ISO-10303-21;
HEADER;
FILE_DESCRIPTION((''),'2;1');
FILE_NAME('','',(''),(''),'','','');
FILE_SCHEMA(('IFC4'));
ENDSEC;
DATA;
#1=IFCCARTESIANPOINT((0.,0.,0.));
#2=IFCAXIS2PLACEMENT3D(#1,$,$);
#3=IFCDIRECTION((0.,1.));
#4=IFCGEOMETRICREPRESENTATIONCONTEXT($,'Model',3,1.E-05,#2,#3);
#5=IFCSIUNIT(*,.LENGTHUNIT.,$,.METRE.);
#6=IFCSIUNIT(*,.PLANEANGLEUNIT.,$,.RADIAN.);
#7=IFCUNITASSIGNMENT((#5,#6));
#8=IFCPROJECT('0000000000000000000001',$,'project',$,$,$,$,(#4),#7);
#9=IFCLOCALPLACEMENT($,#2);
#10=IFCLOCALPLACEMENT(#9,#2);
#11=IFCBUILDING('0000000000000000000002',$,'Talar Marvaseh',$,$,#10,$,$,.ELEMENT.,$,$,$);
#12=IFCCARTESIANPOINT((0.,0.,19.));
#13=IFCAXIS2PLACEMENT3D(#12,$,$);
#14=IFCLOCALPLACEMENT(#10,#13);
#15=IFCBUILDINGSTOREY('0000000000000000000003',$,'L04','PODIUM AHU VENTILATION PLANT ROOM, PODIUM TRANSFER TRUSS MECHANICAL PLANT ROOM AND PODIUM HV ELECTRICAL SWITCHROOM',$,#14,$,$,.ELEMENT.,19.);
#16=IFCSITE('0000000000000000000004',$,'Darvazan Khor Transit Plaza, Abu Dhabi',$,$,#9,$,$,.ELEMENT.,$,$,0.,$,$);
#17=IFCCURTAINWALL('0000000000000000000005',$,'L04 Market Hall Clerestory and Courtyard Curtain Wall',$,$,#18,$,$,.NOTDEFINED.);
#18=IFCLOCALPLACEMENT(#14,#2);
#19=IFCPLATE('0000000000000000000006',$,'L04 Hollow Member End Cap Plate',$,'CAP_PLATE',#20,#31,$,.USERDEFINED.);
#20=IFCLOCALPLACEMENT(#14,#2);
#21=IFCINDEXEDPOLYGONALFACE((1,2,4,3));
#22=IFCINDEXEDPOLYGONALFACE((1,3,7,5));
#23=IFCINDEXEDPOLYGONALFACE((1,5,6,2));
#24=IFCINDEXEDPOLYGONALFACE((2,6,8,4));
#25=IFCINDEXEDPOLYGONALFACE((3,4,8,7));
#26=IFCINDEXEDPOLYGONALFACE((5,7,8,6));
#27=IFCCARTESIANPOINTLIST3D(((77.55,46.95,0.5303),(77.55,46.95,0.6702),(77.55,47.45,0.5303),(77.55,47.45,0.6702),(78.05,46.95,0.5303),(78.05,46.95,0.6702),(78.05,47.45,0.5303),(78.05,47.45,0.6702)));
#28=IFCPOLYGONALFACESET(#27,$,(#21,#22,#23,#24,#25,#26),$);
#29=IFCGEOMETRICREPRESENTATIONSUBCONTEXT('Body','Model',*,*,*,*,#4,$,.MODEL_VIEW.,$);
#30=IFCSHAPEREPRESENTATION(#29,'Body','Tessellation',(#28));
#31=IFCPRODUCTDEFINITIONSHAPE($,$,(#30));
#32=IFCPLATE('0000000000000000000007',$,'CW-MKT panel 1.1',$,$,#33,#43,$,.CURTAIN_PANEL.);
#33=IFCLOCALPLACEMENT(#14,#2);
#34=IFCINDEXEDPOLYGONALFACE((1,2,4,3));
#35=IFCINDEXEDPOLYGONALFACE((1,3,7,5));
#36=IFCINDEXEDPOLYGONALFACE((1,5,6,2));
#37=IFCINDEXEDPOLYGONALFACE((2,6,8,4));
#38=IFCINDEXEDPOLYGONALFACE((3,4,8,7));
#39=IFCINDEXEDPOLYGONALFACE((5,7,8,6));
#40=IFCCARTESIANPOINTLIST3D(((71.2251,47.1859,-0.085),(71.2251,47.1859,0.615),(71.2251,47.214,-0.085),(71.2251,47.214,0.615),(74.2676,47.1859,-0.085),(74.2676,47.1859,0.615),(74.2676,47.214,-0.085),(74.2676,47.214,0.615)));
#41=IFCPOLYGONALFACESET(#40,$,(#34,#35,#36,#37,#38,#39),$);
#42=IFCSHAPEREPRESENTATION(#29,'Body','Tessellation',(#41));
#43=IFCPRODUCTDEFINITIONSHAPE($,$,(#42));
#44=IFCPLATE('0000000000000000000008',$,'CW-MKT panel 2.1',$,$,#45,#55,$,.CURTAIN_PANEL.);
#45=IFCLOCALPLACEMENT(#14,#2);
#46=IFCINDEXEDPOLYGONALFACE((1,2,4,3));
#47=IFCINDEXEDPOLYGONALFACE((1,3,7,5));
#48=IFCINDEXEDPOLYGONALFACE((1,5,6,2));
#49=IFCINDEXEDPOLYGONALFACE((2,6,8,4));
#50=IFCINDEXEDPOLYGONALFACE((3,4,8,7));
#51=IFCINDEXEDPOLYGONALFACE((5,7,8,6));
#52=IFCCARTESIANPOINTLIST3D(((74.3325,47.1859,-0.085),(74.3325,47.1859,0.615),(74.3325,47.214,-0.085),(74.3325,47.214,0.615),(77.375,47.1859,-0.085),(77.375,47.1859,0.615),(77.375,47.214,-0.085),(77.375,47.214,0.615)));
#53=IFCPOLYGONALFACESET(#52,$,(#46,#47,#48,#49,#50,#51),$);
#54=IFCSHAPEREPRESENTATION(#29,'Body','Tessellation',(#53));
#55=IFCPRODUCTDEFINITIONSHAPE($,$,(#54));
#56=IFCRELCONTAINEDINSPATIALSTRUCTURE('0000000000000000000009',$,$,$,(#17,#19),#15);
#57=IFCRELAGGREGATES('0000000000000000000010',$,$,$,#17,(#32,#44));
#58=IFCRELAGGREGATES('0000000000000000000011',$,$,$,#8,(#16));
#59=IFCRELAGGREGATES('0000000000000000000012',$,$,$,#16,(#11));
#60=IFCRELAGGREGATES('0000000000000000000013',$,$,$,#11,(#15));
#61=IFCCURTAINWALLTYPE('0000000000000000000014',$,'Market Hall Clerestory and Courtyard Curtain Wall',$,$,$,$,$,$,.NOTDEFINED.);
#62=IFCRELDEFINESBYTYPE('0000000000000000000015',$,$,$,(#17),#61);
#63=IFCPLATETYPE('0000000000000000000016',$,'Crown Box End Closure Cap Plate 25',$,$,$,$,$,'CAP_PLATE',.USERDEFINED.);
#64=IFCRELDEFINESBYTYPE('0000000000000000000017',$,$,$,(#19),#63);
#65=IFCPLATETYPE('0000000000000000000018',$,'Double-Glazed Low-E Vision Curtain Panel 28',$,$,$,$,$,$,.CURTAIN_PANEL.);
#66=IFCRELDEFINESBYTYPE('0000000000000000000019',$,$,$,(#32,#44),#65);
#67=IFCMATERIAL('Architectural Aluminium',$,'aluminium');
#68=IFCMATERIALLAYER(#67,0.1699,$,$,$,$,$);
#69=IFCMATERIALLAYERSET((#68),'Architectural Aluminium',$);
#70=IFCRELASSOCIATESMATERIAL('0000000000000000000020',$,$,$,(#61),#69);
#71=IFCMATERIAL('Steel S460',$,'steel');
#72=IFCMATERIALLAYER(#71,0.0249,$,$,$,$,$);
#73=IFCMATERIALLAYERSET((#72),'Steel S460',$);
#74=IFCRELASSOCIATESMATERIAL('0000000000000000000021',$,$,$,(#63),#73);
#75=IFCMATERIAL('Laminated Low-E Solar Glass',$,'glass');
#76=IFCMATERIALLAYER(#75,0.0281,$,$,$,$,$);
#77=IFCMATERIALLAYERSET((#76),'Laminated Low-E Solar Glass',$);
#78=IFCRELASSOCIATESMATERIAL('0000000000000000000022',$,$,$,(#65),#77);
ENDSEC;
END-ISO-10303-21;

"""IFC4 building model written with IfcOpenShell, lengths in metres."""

from ifc_helpers import new_model, si_unit, direction, frame, origin, origin_2d, place, context, subcontext, project, spatial, rectangle, extrude, source, transform, mapped, material, layer, layer_set, type_object, type_shapes, element, aggregate, save


model = new_model("IFC4")

# Units and contexts
model_context = context("Model", 3, precision=1e-05, world=origin(), true_north=direction((0.0, 1.0)))
body_context = subcontext(model_context, "Body", "Model", "MODEL_VIEW")
ifc_project = project(units=[si_unit("LENGTHUNIT", "METRE"), si_unit("PLANEANGLEUNIT", "RADIAN")], contexts=[model_context])

# Site, building, storey
site_placement = place(None, origin())
site = spatial("IfcSite", under=ifc_project, at=site_placement, Name="Darvazan Khor Transit Plaza, Abu Dhabi", CompositionType="ELEMENT", RefElevation=0.0)
building_placement = place(site_placement, origin())
building = spatial("IfcBuilding", under=site, at=building_placement, Name="Talar Marvaseh", CompositionType="ELEMENT")
storey_placement = place(building_placement, frame((0.0, 0.0, 19.0)))
storey = spatial("IfcBuildingStorey", under=building, at=storey_placement, Name="L04", Description="PODIUM AHU VENTILATION PLANT ROOM, PODIUM TRANSFER TRUSS MECHANICAL PLANT ROOM AND PODIUM HV ELECTRICAL SWITCHROOM", CompositionType="ELEMENT", Elevation=19.0)

# Shared definitions
ifc_material_1 = material(Name="Architectural Aluminium", Category="aluminium")
ifc_layer_1 = layer(ifc_material_1, 0.1699)
ifc_layer_set_1 = layer_set([ifc_layer_1], Name="Architectural Aluminium")
curtain_wall_type = type_object("IfcCurtainWallType", Name="Market Hall Clerestory and Courtyard Curtain Wall", PredefinedType="NOTDEFINED", material=ifc_layer_set_1)

# Curtain wall
curtain_wall_1_placement = place(storey_placement, origin())
curtain_wall_1 = element("IfcCurtainWall", 1, at=curtain_wall_1_placement, inside=storey, type_object=curtain_wall_type, Name="L04 Market Hall Clerestory and Courtyard Curtain Wall", PredefinedType="NOTDEFINED")

# Plate
ifc_material_2 = material(Name="Steel S460", Category="steel")
ifc_layer_2 = layer(ifc_material_2, 0.0249)
ifc_layer_set_2 = layer_set([ifc_layer_2], Name="Steel S460")
plate_type_1 = type_object("IfcPlateType", Name="Crown Box End Closure Cap Plate 25", ElementType="CAP_PLATE", PredefinedType="USERDEFINED", material=ifc_layer_set_2)
shared_shape_1 = source(origin(), body_context, "Body", "SweptSolid", [
    extrude(rectangle(XDim=0.5, YDim=0.5, at=origin_2d()), origin(), (0.0, 0.0, 1.0), 0.1399),
])
type_shapes(plate_type_1, [shared_shape_1])
for number, where, z_axis, x_axis, name in (
    (2, (77.8, 47.2, 0.5303), (0.0, 0.0, 1.0), (0.0, 1.0, 0.0), "L04 Hollow Member End Cap Plate"),
):
    element("IfcPlate", number, at=place(storey_placement, frame(where, z_axis=z_axis, x_axis=x_axis)), inside=storey, type_object=plate_type_1, Name=name, ObjectType="CAP_PLATE", PredefinedType="USERDEFINED", context=body_context, shape_type="MappedRepresentation", body=[
        mapped(shared_shape_1, transform((0.0, 0.0, 0.0), x_axis=(1.0, 0.0, 0.0), y_axis=(0.0, 1.0, 0.0), z_axis=(0.0, 0.0, 1.0), scale=1.0)),
    ])

# Plates
ifc_material_3 = material(Name="Laminated Low-E Solar Glass", Category="glass")
ifc_layer_3 = layer(ifc_material_3, 0.0281)
ifc_layer_set_3 = layer_set([ifc_layer_3], Name="Laminated Low-E Solar Glass")
plate_type_2 = type_object("IfcPlateType", Name="Double-Glazed Low-E Vision Curtain Panel 28", PredefinedType="CURTAIN_PANEL", material=ifc_layer_set_3)
shared_shape_2 = source(origin(), body_context, "Body", "SweptSolid", [
    extrude(rectangle(XDim=3.0425, YDim=0.0281, at=origin_2d()), origin(), (0.0, 0.0, 1.0), 0.7),
])
type_shapes(plate_type_2, [shared_shape_2])
plate_1_placement = place(storey_placement, frame((72.7463, 47.2, -0.085), z_axis=(0.0, 0.0, 1.0), x_axis=(1.0, 0.0, 0.0)))
plate_1 = element("IfcPlate", 3, at=plate_1_placement, type_object=plate_type_2, Name="CW-MKT panel 1.1", PredefinedType="CURTAIN_PANEL", context=body_context, shape_type="MappedRepresentation", body=[
    mapped(shared_shape_2, transform((0.0, 0.0, 0.0), x_axis=(1.0, 0.0, 0.0), y_axis=(0.0, 1.0, 0.0), z_axis=(0.0, 0.0, 1.0), scale=1.0)),
])
plate_2_placement = place(storey_placement, frame((75.8538, 47.2, -0.085), z_axis=(0.0, 0.0, 1.0), x_axis=(1.0, 0.0, 0.0)))
plate_2 = element("IfcPlate", 4, at=plate_2_placement, type_object=plate_type_2, Name="CW-MKT panel 2.1", PredefinedType="CURTAIN_PANEL", context=body_context, shape_type="MappedRepresentation", body=[
    mapped(shared_shape_2, transform((0.0, 0.0, 0.0), x_axis=(1.0, 0.0, 0.0), y_axis=(0.0, 1.0, 0.0), z_axis=(0.0, 0.0, 1.0), scale=1.0)),
])
aggregate(curtain_wall_1, [plate_1, plate_2])

save(model, "model.ifc")
